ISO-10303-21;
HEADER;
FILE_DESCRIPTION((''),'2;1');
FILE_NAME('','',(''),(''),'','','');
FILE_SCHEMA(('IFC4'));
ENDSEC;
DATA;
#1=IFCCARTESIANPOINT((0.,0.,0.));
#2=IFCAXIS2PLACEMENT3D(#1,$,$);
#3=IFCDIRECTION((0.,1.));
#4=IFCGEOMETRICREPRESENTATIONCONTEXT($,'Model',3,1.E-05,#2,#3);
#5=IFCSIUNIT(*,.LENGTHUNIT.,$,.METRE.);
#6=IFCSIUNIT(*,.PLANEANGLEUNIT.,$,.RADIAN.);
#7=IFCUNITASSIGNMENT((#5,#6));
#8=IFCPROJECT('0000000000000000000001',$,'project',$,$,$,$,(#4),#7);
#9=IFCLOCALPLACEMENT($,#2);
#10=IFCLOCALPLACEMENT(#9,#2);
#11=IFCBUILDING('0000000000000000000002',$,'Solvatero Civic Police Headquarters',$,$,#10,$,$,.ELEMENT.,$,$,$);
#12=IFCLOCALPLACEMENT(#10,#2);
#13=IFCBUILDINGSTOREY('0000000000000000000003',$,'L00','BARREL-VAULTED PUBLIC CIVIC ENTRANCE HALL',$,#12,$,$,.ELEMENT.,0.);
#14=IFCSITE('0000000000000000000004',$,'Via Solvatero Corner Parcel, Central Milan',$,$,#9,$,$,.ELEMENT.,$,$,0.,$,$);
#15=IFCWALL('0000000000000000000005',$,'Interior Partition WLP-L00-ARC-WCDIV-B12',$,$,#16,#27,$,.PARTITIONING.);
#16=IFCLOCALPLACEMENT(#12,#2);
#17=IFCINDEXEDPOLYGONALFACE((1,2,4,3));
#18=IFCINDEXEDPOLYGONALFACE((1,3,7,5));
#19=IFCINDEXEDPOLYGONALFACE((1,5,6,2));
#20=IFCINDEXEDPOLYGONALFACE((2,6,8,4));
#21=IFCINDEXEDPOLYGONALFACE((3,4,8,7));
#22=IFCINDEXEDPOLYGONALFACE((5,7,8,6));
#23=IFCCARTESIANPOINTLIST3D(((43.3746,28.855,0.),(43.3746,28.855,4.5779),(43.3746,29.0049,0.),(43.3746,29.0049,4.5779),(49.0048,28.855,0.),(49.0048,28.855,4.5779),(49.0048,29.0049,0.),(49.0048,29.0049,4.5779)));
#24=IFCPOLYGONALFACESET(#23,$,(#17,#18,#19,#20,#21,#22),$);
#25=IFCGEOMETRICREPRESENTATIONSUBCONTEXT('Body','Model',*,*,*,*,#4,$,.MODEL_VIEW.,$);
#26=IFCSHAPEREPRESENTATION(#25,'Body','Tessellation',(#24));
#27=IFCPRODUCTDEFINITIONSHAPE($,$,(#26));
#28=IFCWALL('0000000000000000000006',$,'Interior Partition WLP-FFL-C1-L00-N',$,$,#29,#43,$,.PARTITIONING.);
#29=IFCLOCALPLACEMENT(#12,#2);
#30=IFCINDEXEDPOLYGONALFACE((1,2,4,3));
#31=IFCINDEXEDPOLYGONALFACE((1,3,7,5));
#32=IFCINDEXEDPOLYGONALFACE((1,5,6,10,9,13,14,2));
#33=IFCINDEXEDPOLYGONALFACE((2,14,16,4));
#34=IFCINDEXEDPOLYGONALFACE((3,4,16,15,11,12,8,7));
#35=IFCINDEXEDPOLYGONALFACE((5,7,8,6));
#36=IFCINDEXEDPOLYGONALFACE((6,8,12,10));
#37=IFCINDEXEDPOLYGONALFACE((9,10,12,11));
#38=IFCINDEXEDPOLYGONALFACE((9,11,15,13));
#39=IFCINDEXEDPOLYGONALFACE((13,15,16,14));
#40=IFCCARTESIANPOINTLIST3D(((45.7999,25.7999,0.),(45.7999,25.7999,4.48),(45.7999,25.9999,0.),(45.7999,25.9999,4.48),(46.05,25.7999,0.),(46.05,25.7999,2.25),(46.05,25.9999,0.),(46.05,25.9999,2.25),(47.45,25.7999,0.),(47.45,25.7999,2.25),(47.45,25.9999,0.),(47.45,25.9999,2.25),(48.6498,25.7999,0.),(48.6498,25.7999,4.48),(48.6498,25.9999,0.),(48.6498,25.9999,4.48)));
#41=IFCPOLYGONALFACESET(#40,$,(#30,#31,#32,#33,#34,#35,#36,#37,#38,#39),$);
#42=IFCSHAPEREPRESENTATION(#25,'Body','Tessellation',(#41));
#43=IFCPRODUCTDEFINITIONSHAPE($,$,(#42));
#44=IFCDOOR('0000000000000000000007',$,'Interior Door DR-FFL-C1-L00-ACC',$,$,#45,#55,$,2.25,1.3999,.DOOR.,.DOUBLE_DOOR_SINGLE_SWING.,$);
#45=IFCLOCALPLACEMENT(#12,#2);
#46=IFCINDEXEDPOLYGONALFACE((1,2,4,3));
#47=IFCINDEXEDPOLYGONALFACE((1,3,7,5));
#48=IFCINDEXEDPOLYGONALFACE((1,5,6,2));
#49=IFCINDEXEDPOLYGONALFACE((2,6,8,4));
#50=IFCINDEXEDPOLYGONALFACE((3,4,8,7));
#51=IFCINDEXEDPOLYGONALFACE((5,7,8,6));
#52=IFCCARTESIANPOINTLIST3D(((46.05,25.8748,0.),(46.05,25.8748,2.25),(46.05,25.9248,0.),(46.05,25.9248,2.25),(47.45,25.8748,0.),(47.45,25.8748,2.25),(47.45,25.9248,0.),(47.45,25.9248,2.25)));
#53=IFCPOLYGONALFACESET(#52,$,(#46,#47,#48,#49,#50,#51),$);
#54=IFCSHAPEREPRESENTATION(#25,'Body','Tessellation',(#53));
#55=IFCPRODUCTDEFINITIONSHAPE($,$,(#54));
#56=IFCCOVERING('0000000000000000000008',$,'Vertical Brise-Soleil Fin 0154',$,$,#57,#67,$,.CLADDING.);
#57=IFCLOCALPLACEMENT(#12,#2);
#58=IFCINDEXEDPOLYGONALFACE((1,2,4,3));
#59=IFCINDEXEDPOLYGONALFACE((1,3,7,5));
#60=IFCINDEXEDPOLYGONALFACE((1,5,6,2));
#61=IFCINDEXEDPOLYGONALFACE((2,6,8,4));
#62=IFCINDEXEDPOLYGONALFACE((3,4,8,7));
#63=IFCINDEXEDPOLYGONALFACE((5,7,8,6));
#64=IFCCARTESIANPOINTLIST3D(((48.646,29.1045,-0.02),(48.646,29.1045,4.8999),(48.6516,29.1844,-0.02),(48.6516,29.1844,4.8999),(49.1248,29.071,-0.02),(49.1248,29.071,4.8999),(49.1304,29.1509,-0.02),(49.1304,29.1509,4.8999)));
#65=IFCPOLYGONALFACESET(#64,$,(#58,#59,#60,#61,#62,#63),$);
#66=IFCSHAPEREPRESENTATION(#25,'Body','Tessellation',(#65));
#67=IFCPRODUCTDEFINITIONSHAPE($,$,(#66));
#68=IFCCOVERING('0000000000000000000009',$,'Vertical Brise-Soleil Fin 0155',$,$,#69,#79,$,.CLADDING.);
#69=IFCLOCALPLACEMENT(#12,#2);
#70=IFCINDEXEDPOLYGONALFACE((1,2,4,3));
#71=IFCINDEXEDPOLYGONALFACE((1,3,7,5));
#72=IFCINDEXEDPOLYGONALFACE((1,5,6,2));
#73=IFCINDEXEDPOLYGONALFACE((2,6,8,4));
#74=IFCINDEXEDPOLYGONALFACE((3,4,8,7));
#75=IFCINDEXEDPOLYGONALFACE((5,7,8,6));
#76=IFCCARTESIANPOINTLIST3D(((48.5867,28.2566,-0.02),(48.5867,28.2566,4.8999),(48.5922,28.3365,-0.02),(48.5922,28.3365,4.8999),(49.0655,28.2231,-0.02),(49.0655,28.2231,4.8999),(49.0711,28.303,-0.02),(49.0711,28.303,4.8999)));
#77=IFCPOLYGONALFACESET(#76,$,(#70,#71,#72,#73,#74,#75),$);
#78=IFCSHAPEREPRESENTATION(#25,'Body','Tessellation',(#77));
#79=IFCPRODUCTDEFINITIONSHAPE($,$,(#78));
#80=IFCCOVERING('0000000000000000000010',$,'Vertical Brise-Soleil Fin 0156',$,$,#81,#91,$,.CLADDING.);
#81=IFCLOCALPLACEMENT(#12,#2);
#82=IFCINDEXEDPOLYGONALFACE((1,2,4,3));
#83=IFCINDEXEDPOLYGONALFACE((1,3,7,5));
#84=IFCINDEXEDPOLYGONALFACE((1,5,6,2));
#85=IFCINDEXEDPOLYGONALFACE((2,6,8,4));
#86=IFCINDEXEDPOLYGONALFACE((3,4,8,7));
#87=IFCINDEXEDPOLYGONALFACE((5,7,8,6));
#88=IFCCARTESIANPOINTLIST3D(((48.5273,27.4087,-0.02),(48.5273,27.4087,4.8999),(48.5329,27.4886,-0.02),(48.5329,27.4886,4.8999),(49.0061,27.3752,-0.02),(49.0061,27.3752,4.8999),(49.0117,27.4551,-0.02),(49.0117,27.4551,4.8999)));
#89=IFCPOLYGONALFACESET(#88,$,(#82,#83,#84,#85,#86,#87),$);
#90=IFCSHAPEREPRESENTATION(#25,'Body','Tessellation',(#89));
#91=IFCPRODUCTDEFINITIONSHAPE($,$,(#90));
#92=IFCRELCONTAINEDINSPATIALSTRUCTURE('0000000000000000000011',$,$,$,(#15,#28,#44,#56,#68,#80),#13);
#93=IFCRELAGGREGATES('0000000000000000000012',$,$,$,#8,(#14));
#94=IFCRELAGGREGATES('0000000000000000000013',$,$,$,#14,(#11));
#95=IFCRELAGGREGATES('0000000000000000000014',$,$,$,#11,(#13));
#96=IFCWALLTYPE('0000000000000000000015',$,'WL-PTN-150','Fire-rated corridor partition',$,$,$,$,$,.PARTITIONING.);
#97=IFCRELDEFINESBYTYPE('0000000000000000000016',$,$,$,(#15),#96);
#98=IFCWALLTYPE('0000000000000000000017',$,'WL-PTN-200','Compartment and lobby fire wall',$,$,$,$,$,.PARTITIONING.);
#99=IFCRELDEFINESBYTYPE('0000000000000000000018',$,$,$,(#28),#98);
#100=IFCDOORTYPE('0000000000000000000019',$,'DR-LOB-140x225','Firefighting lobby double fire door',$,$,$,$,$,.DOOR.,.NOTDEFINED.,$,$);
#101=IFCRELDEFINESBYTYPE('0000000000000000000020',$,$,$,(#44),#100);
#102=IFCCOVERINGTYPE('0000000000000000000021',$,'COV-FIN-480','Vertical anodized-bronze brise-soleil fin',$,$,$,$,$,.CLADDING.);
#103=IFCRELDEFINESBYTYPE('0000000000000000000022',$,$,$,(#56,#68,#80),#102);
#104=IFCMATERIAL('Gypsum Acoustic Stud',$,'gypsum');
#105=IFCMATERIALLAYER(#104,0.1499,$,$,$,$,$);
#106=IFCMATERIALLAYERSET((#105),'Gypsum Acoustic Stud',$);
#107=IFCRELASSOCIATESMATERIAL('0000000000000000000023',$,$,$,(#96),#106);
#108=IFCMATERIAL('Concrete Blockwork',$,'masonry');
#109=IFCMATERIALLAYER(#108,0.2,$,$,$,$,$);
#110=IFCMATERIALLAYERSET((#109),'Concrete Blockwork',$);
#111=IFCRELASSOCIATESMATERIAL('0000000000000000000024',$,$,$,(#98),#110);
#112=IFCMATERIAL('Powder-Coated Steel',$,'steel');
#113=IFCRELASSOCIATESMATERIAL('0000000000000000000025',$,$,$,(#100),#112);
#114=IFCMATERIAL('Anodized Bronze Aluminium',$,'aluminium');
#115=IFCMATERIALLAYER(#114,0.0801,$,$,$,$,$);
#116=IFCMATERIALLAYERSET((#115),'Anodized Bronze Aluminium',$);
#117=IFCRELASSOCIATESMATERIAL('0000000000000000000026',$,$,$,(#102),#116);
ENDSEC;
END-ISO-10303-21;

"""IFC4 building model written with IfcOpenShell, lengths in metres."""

from ifc_helpers import new_model, si_unit, direction, frame, frame_2d, origin, origin_2d, place, context, subcontext, project, spatial, rectangle, extrude, material, layer, layer_set, type_object, element, fill, save


model = new_model("IFC4")

# Units and contexts
model_context = context("Model", 3, precision=1e-05, world=origin(), true_north=direction((0.0, 1.0)))
body_context = subcontext(model_context, "Body", "Model", "MODEL_VIEW")
ifc_project = project(units=[si_unit("LENGTHUNIT", "METRE"), si_unit("PLANEANGLEUNIT", "RADIAN")], contexts=[model_context])

# Site, building, storey
site_placement = place(None, origin())
site = spatial("IfcSite", under=ifc_project, at=site_placement, Name="Via Solvatero Corner Parcel, Central Milan", CompositionType="ELEMENT", RefElevation=0.0)
building_placement = place(site_placement, origin())
building = spatial("IfcBuilding", under=site, at=building_placement, Name="Solvatero Civic Police Headquarters", CompositionType="ELEMENT")
storey_placement = place(building_placement, origin())
storey = spatial("IfcBuildingStorey", under=building, at=storey_placement, Name="L00", Description="BARREL-VAULTED PUBLIC CIVIC ENTRANCE HALL", CompositionType="ELEMENT", Elevation=0.0)

# Shared definitions
ifc_material_1 = material(Name="Anodized Bronze Aluminium", Category="aluminium")

# Wall
ifc_material_2 = material(Name="Gypsum Acoustic Stud", Category="gypsum")
ifc_layer_1 = layer(ifc_material_2, 0.1499)
ifc_layer_set_1 = layer_set([ifc_layer_1], Name="Gypsum Acoustic Stud")
wall_type_1 = type_object("IfcWallType", Name="WL-PTN-150", Description="Fire-rated corridor partition", PredefinedType="PARTITIONING", material=ifc_layer_set_1)
wall_1_placement = place(storey_placement, frame((43.3748, 28.9299, 0.0), z_axis=(0.0, 0.0, 1.0), x_axis=(1.0, 0.0, 0.0)))
element("IfcWall", 1, at=wall_1_placement, inside=storey, type_object=wall_type_1, Name="Interior Partition WLP-L00-ARC-WCDIV-B12", PredefinedType="PARTITIONING", context=body_context, shape_type="SweptSolid", body=[
    extrude(rectangle(XDim=5.6301, YDim=0.1499, at=frame_2d((2.8149, 0.0))), origin(), (0.0, 0.0, 1.0), 4.5779),
])

# Wall, opening, door
ifc_material_3 = material(Name="Concrete Blockwork", Category="masonry")
ifc_layer_2 = layer(ifc_material_3, 0.2)
ifc_layer_set_2 = layer_set([ifc_layer_2], Name="Concrete Blockwork")
wall_type_2 = type_object("IfcWallType", Name="WL-PTN-200", Description="Compartment and lobby fire wall", PredefinedType="PARTITIONING", material=ifc_layer_set_2)
wall_2_placement = place(storey_placement, frame((45.8, 25.8999, 0.0), z_axis=(0.0, 0.0, 1.0), x_axis=(1.0, 0.0, 0.0)))
wall_2 = element("IfcWall", 2, at=wall_2_placement, inside=storey, type_object=wall_type_2, Name="Interior Partition WLP-FFL-C1-L00-N", PredefinedType="PARTITIONING", context=body_context, shape_type="SweptSolid", body=[
    extrude(rectangle(XDim=2.8499, YDim=0.2, at=frame_2d((1.4248, 0.0))), origin(), (0.0, 0.0, 1.0), 4.48),
])
opening_1_placement = place(wall_2_placement, frame((0.25, 0.0, 0.0)))
opening_1 = element("IfcOpeningElement", 3, at=opening_1_placement, cuts=wall_2, PredefinedType="OPENING", context=body_context, shape_type="SweptSolid", body=[
    extrude(rectangle(XDim=1.3999, YDim=2.25, at=frame_2d((0.7, 1.125))), frame((0.0, 0.1099, 0.0), z_axis=(0.0, -1.0, 0.0), x_axis=(1.0, 0.0, 0.0)), (0.0, 0.0, 1.0), 0.22),
])
ifc_material_4 = material(Name="Powder-Coated Steel", Category="steel")
door_type_1 = type_object("IfcDoorType", Name="DR-LOB-140x225", Description="Firefighting lobby double fire door", OperationType="NOTDEFINED", PredefinedType="DOOR", material=ifc_material_4)
door_1_placement = place(opening_1_placement, origin())
door_1 = element("IfcDoor", 4, at=door_1_placement, inside=storey, type_object=door_type_1, Name="Interior Door DR-FFL-C1-L00-ACC", OperationType="DOUBLE_DOOR_SINGLE_SWING", OverallHeight=2.25, OverallWidth=1.3999, PredefinedType="DOOR", context=body_context, shape_type="SweptSolid", body=[
    extrude(rectangle(XDim=1.3999, YDim=2.25, at=frame_2d((0.7, 1.125))), frame((0.0, 0.0249, 0.0), z_axis=(0.0, -1.0, 0.0), x_axis=(1.0, 0.0, 0.0)), (0.0, 0.0, 1.0), 0.05),
])
fill(opening_1, door_1)

# Coverings
ifc_layer_3 = layer(ifc_material_1, 0.0801)
ifc_layer_set_3 = layer_set([ifc_layer_3], Name="Anodized Bronze Aluminium")
covering_type = type_object("IfcCoveringType", Name="COV-FIN-480", Description="Vertical anodized-bronze brise-soleil fin", PredefinedType="CLADDING", material=ifc_layer_set_3)
for number, where, z_axis, x_axis, name in (
    (5, (48.8882, 29.1277, -0.02), (0.0, 0.0, 1.0), (-0.069756, -0.997564, 0.0), "Vertical Brise-Soleil Fin 0154"),
    (6, (48.8289, 28.2798, -0.02), (0.0, 0.0, 1.0), (-0.069756, -0.997564, 0.0), "Vertical Brise-Soleil Fin 0155"),
    (7, (48.7695, 27.4319, -0.02), (0.0, 0.0, 1.0), (-0.069756, -0.997564, 0.0), "Vertical Brise-Soleil Fin 0156"),
):
    element("IfcCovering", number, at=place(storey_placement, frame(where, z_axis=z_axis, x_axis=x_axis)), inside=storey, type_object=covering_type, Name=name, PredefinedType="CLADDING", context=body_context, shape_type="SweptSolid", body=[
        extrude(rectangle(XDim=0.0801, YDim=0.48, at=origin_2d()), origin(), (0.0, 0.0, 1.0), 4.9199),
    ])

save(model, "model.ifc")
